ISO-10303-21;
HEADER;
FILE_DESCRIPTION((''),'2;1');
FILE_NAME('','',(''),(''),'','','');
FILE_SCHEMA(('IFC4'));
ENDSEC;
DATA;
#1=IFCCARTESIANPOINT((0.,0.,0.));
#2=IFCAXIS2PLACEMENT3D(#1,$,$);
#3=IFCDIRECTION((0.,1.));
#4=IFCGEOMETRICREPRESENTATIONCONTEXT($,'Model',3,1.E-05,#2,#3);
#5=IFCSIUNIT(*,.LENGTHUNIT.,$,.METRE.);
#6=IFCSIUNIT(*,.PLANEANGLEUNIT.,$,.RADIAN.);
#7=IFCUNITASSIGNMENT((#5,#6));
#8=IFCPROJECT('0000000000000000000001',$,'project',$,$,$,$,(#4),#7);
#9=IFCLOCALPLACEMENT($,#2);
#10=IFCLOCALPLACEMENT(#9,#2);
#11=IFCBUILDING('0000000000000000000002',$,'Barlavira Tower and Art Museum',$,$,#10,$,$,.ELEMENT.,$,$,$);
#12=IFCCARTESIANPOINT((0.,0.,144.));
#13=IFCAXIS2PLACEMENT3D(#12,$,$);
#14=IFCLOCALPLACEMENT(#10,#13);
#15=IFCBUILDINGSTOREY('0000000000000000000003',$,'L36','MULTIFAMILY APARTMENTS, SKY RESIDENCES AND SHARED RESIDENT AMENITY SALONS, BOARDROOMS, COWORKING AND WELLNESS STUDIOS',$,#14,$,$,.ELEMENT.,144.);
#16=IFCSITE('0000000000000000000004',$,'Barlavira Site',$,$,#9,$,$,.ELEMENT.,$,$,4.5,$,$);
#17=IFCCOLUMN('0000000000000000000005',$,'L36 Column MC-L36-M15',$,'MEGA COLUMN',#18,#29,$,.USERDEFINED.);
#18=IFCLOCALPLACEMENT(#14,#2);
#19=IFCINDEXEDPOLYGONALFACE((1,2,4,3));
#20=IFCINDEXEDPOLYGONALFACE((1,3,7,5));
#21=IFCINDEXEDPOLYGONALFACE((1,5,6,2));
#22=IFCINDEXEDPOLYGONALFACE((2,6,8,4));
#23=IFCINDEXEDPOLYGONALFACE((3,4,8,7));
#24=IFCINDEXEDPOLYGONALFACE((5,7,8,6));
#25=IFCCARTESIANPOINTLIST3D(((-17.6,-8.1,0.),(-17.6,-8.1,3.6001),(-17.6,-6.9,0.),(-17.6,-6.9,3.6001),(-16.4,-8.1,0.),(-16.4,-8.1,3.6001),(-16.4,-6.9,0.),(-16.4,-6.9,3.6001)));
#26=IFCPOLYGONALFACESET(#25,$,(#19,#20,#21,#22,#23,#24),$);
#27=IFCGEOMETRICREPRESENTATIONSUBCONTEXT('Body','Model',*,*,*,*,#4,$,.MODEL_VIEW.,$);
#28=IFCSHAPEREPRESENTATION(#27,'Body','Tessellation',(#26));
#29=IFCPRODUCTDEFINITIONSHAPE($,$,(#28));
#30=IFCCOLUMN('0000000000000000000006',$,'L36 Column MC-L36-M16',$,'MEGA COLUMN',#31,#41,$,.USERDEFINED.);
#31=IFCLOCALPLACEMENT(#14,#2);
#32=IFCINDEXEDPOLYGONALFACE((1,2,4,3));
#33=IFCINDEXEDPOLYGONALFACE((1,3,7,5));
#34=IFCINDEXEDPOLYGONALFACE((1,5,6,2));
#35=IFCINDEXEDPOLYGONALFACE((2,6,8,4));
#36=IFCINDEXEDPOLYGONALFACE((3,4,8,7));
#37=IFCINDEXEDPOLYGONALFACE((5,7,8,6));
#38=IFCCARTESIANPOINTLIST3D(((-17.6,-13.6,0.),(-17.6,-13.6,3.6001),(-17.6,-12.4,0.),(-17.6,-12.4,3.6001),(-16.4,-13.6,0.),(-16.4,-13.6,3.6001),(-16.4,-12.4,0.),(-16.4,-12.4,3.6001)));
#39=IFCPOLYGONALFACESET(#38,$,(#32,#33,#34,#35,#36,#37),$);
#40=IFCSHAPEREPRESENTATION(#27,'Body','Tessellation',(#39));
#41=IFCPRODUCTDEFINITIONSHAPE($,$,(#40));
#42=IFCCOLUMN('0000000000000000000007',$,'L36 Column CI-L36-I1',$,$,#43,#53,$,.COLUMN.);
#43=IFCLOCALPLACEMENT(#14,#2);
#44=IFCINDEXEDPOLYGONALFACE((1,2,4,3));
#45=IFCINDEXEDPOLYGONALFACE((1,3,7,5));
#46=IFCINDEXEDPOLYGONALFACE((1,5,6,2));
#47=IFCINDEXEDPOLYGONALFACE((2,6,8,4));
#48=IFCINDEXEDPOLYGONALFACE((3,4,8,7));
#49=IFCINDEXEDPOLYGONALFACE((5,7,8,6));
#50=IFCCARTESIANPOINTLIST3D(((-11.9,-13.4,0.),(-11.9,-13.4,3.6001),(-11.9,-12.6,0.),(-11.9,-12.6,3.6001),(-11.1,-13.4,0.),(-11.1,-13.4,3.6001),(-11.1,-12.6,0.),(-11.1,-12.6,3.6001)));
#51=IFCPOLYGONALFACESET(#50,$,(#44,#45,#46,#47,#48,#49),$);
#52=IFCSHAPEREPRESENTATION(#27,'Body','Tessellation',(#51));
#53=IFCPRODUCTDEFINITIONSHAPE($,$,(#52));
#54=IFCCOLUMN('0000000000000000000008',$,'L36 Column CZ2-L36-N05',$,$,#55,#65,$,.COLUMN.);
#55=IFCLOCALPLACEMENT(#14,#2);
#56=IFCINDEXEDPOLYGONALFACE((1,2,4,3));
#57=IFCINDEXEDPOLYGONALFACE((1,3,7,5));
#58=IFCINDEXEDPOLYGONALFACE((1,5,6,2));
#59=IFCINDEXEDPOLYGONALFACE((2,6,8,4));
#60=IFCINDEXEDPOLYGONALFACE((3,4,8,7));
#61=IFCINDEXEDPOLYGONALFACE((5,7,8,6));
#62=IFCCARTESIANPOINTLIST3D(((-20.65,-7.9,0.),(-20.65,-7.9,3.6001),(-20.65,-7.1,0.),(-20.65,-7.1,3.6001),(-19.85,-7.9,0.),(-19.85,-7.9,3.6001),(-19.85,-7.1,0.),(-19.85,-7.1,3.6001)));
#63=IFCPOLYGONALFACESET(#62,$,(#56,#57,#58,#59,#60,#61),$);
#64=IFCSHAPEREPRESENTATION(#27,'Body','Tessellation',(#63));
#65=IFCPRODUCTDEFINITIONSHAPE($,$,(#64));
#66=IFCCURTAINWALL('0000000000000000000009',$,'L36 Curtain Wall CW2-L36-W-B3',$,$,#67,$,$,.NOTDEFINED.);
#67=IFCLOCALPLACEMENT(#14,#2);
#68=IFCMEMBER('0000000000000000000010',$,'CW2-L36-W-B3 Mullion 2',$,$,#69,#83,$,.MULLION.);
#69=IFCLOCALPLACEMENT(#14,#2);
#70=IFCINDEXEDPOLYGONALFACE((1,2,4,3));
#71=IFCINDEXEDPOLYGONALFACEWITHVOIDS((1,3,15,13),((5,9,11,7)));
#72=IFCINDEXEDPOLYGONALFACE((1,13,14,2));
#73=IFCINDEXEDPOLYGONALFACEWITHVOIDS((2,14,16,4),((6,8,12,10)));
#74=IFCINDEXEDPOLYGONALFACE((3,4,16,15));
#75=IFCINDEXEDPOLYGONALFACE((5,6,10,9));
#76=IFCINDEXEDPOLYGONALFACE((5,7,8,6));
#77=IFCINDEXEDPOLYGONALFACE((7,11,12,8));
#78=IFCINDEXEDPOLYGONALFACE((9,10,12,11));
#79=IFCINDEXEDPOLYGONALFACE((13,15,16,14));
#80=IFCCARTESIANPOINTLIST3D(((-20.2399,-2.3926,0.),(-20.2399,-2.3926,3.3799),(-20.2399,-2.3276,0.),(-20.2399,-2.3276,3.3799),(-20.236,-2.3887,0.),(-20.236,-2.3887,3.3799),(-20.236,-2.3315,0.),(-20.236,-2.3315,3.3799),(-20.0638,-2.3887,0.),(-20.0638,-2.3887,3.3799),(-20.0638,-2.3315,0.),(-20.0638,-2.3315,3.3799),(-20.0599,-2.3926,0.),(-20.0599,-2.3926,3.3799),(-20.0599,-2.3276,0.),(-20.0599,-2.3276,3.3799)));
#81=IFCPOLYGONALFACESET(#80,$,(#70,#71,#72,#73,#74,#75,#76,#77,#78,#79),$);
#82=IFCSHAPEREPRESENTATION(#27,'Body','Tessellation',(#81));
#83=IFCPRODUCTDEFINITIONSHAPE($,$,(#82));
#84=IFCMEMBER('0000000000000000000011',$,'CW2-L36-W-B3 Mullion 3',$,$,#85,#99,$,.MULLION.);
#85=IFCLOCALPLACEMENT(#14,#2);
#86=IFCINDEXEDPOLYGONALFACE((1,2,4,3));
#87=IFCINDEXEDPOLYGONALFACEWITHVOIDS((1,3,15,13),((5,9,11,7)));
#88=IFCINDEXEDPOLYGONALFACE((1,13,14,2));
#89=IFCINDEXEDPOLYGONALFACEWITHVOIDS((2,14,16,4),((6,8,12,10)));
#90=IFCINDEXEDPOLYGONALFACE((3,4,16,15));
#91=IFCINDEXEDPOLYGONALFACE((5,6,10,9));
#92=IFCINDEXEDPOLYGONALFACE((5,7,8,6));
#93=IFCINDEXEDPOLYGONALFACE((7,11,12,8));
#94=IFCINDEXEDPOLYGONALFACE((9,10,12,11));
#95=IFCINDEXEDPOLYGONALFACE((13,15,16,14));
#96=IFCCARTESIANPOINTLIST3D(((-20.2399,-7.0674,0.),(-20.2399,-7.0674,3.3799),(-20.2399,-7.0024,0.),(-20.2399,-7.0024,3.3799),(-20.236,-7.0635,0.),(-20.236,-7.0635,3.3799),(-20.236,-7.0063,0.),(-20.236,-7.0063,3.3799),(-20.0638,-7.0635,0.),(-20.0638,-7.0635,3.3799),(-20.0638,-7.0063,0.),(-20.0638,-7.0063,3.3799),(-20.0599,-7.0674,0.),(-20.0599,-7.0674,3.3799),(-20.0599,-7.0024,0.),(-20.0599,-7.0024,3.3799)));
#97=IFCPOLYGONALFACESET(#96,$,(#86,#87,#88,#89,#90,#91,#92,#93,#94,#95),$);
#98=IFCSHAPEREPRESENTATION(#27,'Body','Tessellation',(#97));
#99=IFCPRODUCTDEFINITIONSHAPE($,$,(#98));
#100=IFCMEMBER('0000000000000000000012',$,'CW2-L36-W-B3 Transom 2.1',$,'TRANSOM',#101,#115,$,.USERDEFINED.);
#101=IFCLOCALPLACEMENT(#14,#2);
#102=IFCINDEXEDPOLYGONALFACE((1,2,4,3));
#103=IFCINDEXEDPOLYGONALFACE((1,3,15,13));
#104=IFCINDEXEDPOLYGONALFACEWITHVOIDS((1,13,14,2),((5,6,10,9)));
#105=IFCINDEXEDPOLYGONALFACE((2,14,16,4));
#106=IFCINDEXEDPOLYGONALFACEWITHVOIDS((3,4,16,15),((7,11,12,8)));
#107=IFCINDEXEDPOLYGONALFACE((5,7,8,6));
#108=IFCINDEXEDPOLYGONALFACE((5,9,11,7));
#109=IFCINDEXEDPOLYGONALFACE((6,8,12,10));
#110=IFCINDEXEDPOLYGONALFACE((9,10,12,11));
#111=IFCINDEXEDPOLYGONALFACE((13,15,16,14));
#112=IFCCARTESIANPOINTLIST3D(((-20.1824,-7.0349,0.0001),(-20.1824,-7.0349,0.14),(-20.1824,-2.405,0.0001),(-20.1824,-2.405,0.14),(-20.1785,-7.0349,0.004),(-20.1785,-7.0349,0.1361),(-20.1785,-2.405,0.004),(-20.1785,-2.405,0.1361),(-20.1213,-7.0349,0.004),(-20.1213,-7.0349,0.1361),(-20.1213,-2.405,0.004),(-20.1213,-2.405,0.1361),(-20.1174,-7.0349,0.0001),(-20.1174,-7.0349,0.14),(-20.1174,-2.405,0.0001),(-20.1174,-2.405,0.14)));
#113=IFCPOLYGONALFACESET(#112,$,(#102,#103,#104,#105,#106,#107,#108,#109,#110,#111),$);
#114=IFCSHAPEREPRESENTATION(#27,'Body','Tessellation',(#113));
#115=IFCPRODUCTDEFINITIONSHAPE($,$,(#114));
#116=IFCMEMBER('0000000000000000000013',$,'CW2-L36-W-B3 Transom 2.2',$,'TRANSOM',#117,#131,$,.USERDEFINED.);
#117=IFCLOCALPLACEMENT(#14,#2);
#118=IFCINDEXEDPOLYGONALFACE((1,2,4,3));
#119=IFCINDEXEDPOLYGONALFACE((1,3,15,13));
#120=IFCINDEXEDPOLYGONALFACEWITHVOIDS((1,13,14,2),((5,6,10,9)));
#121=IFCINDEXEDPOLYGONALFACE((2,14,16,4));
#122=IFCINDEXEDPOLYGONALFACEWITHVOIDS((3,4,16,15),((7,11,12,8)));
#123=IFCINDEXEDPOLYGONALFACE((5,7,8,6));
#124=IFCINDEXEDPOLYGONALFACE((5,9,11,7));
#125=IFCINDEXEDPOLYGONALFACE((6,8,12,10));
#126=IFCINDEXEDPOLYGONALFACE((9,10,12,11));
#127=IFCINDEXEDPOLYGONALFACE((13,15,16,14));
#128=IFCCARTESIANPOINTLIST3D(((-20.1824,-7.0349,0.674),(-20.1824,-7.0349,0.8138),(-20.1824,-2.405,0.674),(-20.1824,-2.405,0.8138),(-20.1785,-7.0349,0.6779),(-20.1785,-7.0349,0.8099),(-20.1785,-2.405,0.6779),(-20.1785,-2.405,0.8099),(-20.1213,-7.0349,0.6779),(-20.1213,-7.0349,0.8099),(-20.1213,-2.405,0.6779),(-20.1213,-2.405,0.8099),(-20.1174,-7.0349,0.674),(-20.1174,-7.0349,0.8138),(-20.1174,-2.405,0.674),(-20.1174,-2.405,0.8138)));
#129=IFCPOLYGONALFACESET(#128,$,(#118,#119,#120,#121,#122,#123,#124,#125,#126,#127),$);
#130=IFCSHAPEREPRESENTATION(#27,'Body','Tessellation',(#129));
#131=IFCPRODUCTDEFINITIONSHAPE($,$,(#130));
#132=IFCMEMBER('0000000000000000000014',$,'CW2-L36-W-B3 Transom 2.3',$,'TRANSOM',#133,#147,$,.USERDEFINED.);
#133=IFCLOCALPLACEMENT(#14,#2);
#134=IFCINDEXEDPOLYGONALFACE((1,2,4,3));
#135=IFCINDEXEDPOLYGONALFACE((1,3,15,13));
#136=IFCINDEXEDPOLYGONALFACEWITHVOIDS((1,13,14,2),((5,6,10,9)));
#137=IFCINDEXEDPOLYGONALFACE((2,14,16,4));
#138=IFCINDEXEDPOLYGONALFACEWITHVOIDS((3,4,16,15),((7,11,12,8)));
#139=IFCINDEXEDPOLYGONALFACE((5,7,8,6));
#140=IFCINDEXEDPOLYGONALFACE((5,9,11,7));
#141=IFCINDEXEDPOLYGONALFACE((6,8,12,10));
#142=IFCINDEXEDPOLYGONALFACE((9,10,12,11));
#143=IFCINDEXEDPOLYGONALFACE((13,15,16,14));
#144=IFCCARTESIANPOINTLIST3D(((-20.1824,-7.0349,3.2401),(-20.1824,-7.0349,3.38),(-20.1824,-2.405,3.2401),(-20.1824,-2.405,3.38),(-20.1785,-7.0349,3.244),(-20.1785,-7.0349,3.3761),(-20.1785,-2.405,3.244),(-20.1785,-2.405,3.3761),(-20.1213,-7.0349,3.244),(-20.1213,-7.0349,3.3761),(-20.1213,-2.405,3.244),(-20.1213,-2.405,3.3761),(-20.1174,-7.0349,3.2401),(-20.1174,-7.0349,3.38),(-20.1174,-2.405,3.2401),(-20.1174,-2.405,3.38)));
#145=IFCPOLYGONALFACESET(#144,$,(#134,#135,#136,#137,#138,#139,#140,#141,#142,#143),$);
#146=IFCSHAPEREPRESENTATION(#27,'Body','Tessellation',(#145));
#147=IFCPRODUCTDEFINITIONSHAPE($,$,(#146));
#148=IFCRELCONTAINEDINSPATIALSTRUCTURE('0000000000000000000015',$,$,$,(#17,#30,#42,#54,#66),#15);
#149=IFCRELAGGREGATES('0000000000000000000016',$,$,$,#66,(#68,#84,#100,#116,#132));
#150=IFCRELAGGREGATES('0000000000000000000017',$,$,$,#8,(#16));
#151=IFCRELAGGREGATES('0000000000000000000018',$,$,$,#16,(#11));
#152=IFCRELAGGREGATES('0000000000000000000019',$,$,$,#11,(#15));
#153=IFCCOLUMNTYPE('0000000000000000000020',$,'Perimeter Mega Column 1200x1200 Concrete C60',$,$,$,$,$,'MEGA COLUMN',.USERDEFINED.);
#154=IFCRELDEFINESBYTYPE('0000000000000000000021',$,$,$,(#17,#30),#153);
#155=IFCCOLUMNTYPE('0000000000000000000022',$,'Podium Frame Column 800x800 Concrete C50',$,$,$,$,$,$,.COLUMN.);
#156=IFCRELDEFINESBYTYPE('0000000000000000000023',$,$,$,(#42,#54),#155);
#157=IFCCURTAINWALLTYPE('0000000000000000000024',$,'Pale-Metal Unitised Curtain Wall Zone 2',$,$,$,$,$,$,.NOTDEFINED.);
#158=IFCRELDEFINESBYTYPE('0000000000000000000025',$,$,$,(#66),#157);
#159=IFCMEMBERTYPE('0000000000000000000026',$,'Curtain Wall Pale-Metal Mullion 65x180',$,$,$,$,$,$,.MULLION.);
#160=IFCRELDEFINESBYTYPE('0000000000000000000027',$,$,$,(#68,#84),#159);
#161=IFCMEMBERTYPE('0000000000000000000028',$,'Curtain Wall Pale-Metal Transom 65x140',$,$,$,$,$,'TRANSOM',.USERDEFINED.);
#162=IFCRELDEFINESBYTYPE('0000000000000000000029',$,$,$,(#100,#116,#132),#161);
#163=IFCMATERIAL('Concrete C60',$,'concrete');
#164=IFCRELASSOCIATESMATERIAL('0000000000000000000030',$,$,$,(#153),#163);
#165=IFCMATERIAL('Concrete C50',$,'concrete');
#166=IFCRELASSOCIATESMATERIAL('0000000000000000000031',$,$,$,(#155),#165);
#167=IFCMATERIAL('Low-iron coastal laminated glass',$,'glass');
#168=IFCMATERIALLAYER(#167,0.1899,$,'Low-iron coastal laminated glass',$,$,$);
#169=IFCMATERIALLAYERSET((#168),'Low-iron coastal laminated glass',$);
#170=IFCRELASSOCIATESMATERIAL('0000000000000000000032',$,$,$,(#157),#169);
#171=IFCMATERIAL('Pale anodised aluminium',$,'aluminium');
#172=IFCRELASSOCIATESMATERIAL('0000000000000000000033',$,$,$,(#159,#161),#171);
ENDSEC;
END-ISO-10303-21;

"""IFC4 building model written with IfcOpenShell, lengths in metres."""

from ifc_helpers import new_model, si_unit, direction, frame, origin, origin_2d, place, context, subcontext, project, spatial, rectangle, hollow_rectangle, extrude, material, layer, layer_set, material_profile, profile_set, type_object, element, aggregate, save


model = new_model("IFC4")

# Units and contexts
model_context = context("Model", 3, precision=1e-05, world=origin(), true_north=direction((0.0, 1.0)))
body_context = subcontext(model_context, "Body", "Model", "MODEL_VIEW")
ifc_project = project(units=[si_unit("LENGTHUNIT", "METRE"), si_unit("PLANEANGLEUNIT", "RADIAN")], contexts=[model_context])

# Site, building, storey
site_placement = place(None, origin())
site = spatial("IfcSite", under=ifc_project, at=site_placement, Name="Barlavira Site", CompositionType="ELEMENT", RefElevation=4.5)
building_placement = place(site_placement, origin())
building = spatial("IfcBuilding", under=site, at=building_placement, Name="Barlavira Tower and Art Museum", CompositionType="ELEMENT")
storey_placement = place(building_placement, frame((0.0, 0.0, 144.0)))
storey = spatial("IfcBuildingStorey", under=building, at=storey_placement, Name="L36", Description="MULTIFAMILY APARTMENTS, SKY RESIDENCES AND SHARED RESIDENT AMENITY SALONS, BOARDROOMS, COWORKING AND WELLNESS STUDIOS", CompositionType="ELEMENT", Elevation=144.0)

# Columns
ifc_material_1 = material(Name="Concrete C60", Category="concrete")
ifc_material_profile_1 = material_profile(ifc_material_1, rectangle(XDim=1.2, YDim=1.2, at=origin_2d()), Name="RC-COL 1200x1200")
ifc_profile_set_1 = profile_set([ifc_material_profile_1], Name="Concrete C60")
column_type_1 = type_object("IfcColumnType", Name="Perimeter Mega Column 1200x1200 Concrete C60", ElementType="MEGA COLUMN", PredefinedType="USERDEFINED", material=ifc_profile_set_1)
for number, where, z_axis, x_axis, name in (
    (1, (-17.0, -7.5, 0.0), (0.0, 0.0, 1.0), (1.0, 0.0, 0.0), "L36 Column MC-L36-M15"),
    (2, (-17.0, -13.0, 0.0), (0.0, 0.0, 1.0), (1.0, 0.0, 0.0), "L36 Column MC-L36-M16"),
):
    element("IfcColumn", number, at=place(storey_placement, frame(where, z_axis=z_axis, x_axis=x_axis)), inside=storey, type_object=column_type_1, Name=name, ObjectType="MEGA COLUMN", PredefinedType="USERDEFINED", context=body_context, shape_type="SweptSolid", body=[
        extrude(rectangle(XDim=1.2, YDim=1.2, at=origin_2d()), origin(), (0.0, 0.0, 1.0), 3.6001),
    ])
ifc_material_2 = material(Name="Concrete C50", Category="concrete")
ifc_material_profile_2 = material_profile(ifc_material_2, rectangle(XDim=0.8, YDim=0.8, at=origin_2d()), Name="RC-COL 800x800")
ifc_profile_set_2 = profile_set([ifc_material_profile_2], Name="Concrete C50")
column_type_2 = type_object("IfcColumnType", Name="Podium Frame Column 800x800 Concrete C50", PredefinedType="COLUMN", material=ifc_profile_set_2)
for number, where, z_axis, x_axis, name in (
    (3, (-11.5, -13.0, 0.0), (0.0, 0.0, 1.0), (1.0, 0.0, 0.0), "L36 Column CI-L36-I1"),
    (4, (-20.25, -7.5, 0.0), (0.0, 0.0, 1.0), (1.0, 0.0, 0.0), "L36 Column CZ2-L36-N05"),
):
    element("IfcColumn", number, at=place(storey_placement, frame(where, z_axis=z_axis, x_axis=x_axis)), inside=storey, type_object=column_type_2, Name=name, PredefinedType="COLUMN", context=body_context, shape_type="SweptSolid", body=[
        extrude(rectangle(XDim=0.8, YDim=0.8, at=origin_2d()), origin(), (0.0, 0.0, 1.0), 3.6001),
    ])

# Curtain wall, members
ifc_material_3 = material(Name="Low-iron coastal laminated glass", Category="glass")
ifc_layer_1 = layer(ifc_material_3, 0.1899, Name="Low-iron coastal laminated glass")
ifc_layer_set_1 = layer_set([ifc_layer_1], Name="Low-iron coastal laminated glass")
curtain_wall_type = type_object("IfcCurtainWallType", Name="Pale-Metal Unitised Curtain Wall Zone 2", PredefinedType="NOTDEFINED", material=ifc_layer_set_1)
curtain_wall_placement = place(storey_placement, origin())
curtain_wall = element("IfcCurtainWall", 5, at=curtain_wall_placement, inside=storey, type_object=curtain_wall_type, Name="L36 Curtain Wall CW2-L36-W-B3", PredefinedType="NOTDEFINED")
ifc_material_4 = material(Name="Pale anodised aluminium", Category="aluminium")
ifc_material_profile_3 = material_profile(ifc_material_4, hollow_rectangle(XDim=0.0649, YDim=0.1799, WallThickness=0.0039, at=origin_2d()), Name="ALU-MULL 65x180x4")
ifc_profile_set_3 = profile_set([ifc_material_profile_3], Name="Pale anodised aluminium")
member_type_1 = type_object("IfcMemberType", Name="Curtain Wall Pale-Metal Mullion 65x180", PredefinedType="MULLION", material=ifc_profile_set_3)
member_1_placement = place(storey_placement, frame((-20.1499, -2.3601, 0.0), z_axis=(0.0, 0.0, 1.0), x_axis=(0.0, -1.0, 0.0)))
member_1 = element("IfcMember", 6, at=member_1_placement, type_object=member_type_1, Name="CW2-L36-W-B3 Mullion 2", PredefinedType="MULLION", context=body_context, shape_type="SweptSolid", body=[
    extrude(hollow_rectangle(XDim=0.0649, YDim=0.1799, WallThickness=0.0039, at=origin_2d()), origin(), (0.0, 0.0, 1.0), 3.3799),
])
member_2_placement = place(storey_placement, frame((-20.1499, -7.0349, 0.0), z_axis=(0.0, 0.0, 1.0), x_axis=(0.0, -1.0, 0.0)))
member_2 = element("IfcMember", 7, at=member_2_placement, type_object=member_type_1, Name="CW2-L36-W-B3 Mullion 3", PredefinedType="MULLION", context=body_context, shape_type="SweptSolid", body=[
    extrude(hollow_rectangle(XDim=0.0649, YDim=0.1799, WallThickness=0.0039, at=origin_2d()), origin(), (0.0, 0.0, 1.0), 3.3799),
])
ifc_material_profile_4 = material_profile(ifc_material_4, hollow_rectangle(XDim=0.0649, YDim=0.1399, WallThickness=0.0039, at=origin_2d()), Name="ALU-TRAN 65x140x4")
ifc_profile_set_4 = profile_set([ifc_material_profile_4], Name="Pale anodised aluminium")
member_type_2 = type_object("IfcMemberType", Name="Curtain Wall Pale-Metal Transom 65x140", ElementType="TRANSOM", PredefinedType="USERDEFINED", material=ifc_profile_set_4)
member_3_placement = place(storey_placement, frame((-20.1499, -2.405, 0.0701), z_axis=(0.0, -1.0, 0.0), x_axis=(1.0, 0.0, 0.0)))
member_3 = element("IfcMember", 8, at=member_3_placement, type_object=member_type_2, Name="CW2-L36-W-B3 Transom 2.1", ObjectType="TRANSOM", PredefinedType="USERDEFINED", context=body_context, shape_type="SweptSolid", body=[
    extrude(hollow_rectangle(XDim=0.0649, YDim=0.1399, WallThickness=0.0039, at=origin_2d()), origin(), (0.0, 0.0, 1.0), 4.6299),
])
member_4_placement = place(storey_placement, frame((-20.1499, -2.405, 0.7439), z_axis=(0.0, -1.0, 0.0), x_axis=(1.0, 0.0, 0.0)))
member_4 = element("IfcMember", 9, at=member_4_placement, type_object=member_type_2, Name="CW2-L36-W-B3 Transom 2.2", ObjectType="TRANSOM", PredefinedType="USERDEFINED", context=body_context, shape_type="SweptSolid", body=[
    extrude(hollow_rectangle(XDim=0.0649, YDim=0.1399, WallThickness=0.0039, at=origin_2d()), origin(), (0.0, 0.0, 1.0), 4.6299),
])
member_5_placement = place(storey_placement, frame((-20.1499, -2.405, 3.3101), z_axis=(0.0, -1.0, 0.0), x_axis=(1.0, 0.0, 0.0)))
member_5 = element("IfcMember", 10, at=member_5_placement, type_object=member_type_2, Name="CW2-L36-W-B3 Transom 2.3", ObjectType="TRANSOM", PredefinedType="USERDEFINED", context=body_context, shape_type="SweptSolid", body=[
    extrude(hollow_rectangle(XDim=0.0649, YDim=0.1399, WallThickness=0.0039, at=origin_2d()), origin(), (0.0, 0.0, 1.0), 4.6299),
])

aggregate(curtain_wall, [member_1, member_2, member_3, member_4, member_5])

save(model, "model.ifc")
